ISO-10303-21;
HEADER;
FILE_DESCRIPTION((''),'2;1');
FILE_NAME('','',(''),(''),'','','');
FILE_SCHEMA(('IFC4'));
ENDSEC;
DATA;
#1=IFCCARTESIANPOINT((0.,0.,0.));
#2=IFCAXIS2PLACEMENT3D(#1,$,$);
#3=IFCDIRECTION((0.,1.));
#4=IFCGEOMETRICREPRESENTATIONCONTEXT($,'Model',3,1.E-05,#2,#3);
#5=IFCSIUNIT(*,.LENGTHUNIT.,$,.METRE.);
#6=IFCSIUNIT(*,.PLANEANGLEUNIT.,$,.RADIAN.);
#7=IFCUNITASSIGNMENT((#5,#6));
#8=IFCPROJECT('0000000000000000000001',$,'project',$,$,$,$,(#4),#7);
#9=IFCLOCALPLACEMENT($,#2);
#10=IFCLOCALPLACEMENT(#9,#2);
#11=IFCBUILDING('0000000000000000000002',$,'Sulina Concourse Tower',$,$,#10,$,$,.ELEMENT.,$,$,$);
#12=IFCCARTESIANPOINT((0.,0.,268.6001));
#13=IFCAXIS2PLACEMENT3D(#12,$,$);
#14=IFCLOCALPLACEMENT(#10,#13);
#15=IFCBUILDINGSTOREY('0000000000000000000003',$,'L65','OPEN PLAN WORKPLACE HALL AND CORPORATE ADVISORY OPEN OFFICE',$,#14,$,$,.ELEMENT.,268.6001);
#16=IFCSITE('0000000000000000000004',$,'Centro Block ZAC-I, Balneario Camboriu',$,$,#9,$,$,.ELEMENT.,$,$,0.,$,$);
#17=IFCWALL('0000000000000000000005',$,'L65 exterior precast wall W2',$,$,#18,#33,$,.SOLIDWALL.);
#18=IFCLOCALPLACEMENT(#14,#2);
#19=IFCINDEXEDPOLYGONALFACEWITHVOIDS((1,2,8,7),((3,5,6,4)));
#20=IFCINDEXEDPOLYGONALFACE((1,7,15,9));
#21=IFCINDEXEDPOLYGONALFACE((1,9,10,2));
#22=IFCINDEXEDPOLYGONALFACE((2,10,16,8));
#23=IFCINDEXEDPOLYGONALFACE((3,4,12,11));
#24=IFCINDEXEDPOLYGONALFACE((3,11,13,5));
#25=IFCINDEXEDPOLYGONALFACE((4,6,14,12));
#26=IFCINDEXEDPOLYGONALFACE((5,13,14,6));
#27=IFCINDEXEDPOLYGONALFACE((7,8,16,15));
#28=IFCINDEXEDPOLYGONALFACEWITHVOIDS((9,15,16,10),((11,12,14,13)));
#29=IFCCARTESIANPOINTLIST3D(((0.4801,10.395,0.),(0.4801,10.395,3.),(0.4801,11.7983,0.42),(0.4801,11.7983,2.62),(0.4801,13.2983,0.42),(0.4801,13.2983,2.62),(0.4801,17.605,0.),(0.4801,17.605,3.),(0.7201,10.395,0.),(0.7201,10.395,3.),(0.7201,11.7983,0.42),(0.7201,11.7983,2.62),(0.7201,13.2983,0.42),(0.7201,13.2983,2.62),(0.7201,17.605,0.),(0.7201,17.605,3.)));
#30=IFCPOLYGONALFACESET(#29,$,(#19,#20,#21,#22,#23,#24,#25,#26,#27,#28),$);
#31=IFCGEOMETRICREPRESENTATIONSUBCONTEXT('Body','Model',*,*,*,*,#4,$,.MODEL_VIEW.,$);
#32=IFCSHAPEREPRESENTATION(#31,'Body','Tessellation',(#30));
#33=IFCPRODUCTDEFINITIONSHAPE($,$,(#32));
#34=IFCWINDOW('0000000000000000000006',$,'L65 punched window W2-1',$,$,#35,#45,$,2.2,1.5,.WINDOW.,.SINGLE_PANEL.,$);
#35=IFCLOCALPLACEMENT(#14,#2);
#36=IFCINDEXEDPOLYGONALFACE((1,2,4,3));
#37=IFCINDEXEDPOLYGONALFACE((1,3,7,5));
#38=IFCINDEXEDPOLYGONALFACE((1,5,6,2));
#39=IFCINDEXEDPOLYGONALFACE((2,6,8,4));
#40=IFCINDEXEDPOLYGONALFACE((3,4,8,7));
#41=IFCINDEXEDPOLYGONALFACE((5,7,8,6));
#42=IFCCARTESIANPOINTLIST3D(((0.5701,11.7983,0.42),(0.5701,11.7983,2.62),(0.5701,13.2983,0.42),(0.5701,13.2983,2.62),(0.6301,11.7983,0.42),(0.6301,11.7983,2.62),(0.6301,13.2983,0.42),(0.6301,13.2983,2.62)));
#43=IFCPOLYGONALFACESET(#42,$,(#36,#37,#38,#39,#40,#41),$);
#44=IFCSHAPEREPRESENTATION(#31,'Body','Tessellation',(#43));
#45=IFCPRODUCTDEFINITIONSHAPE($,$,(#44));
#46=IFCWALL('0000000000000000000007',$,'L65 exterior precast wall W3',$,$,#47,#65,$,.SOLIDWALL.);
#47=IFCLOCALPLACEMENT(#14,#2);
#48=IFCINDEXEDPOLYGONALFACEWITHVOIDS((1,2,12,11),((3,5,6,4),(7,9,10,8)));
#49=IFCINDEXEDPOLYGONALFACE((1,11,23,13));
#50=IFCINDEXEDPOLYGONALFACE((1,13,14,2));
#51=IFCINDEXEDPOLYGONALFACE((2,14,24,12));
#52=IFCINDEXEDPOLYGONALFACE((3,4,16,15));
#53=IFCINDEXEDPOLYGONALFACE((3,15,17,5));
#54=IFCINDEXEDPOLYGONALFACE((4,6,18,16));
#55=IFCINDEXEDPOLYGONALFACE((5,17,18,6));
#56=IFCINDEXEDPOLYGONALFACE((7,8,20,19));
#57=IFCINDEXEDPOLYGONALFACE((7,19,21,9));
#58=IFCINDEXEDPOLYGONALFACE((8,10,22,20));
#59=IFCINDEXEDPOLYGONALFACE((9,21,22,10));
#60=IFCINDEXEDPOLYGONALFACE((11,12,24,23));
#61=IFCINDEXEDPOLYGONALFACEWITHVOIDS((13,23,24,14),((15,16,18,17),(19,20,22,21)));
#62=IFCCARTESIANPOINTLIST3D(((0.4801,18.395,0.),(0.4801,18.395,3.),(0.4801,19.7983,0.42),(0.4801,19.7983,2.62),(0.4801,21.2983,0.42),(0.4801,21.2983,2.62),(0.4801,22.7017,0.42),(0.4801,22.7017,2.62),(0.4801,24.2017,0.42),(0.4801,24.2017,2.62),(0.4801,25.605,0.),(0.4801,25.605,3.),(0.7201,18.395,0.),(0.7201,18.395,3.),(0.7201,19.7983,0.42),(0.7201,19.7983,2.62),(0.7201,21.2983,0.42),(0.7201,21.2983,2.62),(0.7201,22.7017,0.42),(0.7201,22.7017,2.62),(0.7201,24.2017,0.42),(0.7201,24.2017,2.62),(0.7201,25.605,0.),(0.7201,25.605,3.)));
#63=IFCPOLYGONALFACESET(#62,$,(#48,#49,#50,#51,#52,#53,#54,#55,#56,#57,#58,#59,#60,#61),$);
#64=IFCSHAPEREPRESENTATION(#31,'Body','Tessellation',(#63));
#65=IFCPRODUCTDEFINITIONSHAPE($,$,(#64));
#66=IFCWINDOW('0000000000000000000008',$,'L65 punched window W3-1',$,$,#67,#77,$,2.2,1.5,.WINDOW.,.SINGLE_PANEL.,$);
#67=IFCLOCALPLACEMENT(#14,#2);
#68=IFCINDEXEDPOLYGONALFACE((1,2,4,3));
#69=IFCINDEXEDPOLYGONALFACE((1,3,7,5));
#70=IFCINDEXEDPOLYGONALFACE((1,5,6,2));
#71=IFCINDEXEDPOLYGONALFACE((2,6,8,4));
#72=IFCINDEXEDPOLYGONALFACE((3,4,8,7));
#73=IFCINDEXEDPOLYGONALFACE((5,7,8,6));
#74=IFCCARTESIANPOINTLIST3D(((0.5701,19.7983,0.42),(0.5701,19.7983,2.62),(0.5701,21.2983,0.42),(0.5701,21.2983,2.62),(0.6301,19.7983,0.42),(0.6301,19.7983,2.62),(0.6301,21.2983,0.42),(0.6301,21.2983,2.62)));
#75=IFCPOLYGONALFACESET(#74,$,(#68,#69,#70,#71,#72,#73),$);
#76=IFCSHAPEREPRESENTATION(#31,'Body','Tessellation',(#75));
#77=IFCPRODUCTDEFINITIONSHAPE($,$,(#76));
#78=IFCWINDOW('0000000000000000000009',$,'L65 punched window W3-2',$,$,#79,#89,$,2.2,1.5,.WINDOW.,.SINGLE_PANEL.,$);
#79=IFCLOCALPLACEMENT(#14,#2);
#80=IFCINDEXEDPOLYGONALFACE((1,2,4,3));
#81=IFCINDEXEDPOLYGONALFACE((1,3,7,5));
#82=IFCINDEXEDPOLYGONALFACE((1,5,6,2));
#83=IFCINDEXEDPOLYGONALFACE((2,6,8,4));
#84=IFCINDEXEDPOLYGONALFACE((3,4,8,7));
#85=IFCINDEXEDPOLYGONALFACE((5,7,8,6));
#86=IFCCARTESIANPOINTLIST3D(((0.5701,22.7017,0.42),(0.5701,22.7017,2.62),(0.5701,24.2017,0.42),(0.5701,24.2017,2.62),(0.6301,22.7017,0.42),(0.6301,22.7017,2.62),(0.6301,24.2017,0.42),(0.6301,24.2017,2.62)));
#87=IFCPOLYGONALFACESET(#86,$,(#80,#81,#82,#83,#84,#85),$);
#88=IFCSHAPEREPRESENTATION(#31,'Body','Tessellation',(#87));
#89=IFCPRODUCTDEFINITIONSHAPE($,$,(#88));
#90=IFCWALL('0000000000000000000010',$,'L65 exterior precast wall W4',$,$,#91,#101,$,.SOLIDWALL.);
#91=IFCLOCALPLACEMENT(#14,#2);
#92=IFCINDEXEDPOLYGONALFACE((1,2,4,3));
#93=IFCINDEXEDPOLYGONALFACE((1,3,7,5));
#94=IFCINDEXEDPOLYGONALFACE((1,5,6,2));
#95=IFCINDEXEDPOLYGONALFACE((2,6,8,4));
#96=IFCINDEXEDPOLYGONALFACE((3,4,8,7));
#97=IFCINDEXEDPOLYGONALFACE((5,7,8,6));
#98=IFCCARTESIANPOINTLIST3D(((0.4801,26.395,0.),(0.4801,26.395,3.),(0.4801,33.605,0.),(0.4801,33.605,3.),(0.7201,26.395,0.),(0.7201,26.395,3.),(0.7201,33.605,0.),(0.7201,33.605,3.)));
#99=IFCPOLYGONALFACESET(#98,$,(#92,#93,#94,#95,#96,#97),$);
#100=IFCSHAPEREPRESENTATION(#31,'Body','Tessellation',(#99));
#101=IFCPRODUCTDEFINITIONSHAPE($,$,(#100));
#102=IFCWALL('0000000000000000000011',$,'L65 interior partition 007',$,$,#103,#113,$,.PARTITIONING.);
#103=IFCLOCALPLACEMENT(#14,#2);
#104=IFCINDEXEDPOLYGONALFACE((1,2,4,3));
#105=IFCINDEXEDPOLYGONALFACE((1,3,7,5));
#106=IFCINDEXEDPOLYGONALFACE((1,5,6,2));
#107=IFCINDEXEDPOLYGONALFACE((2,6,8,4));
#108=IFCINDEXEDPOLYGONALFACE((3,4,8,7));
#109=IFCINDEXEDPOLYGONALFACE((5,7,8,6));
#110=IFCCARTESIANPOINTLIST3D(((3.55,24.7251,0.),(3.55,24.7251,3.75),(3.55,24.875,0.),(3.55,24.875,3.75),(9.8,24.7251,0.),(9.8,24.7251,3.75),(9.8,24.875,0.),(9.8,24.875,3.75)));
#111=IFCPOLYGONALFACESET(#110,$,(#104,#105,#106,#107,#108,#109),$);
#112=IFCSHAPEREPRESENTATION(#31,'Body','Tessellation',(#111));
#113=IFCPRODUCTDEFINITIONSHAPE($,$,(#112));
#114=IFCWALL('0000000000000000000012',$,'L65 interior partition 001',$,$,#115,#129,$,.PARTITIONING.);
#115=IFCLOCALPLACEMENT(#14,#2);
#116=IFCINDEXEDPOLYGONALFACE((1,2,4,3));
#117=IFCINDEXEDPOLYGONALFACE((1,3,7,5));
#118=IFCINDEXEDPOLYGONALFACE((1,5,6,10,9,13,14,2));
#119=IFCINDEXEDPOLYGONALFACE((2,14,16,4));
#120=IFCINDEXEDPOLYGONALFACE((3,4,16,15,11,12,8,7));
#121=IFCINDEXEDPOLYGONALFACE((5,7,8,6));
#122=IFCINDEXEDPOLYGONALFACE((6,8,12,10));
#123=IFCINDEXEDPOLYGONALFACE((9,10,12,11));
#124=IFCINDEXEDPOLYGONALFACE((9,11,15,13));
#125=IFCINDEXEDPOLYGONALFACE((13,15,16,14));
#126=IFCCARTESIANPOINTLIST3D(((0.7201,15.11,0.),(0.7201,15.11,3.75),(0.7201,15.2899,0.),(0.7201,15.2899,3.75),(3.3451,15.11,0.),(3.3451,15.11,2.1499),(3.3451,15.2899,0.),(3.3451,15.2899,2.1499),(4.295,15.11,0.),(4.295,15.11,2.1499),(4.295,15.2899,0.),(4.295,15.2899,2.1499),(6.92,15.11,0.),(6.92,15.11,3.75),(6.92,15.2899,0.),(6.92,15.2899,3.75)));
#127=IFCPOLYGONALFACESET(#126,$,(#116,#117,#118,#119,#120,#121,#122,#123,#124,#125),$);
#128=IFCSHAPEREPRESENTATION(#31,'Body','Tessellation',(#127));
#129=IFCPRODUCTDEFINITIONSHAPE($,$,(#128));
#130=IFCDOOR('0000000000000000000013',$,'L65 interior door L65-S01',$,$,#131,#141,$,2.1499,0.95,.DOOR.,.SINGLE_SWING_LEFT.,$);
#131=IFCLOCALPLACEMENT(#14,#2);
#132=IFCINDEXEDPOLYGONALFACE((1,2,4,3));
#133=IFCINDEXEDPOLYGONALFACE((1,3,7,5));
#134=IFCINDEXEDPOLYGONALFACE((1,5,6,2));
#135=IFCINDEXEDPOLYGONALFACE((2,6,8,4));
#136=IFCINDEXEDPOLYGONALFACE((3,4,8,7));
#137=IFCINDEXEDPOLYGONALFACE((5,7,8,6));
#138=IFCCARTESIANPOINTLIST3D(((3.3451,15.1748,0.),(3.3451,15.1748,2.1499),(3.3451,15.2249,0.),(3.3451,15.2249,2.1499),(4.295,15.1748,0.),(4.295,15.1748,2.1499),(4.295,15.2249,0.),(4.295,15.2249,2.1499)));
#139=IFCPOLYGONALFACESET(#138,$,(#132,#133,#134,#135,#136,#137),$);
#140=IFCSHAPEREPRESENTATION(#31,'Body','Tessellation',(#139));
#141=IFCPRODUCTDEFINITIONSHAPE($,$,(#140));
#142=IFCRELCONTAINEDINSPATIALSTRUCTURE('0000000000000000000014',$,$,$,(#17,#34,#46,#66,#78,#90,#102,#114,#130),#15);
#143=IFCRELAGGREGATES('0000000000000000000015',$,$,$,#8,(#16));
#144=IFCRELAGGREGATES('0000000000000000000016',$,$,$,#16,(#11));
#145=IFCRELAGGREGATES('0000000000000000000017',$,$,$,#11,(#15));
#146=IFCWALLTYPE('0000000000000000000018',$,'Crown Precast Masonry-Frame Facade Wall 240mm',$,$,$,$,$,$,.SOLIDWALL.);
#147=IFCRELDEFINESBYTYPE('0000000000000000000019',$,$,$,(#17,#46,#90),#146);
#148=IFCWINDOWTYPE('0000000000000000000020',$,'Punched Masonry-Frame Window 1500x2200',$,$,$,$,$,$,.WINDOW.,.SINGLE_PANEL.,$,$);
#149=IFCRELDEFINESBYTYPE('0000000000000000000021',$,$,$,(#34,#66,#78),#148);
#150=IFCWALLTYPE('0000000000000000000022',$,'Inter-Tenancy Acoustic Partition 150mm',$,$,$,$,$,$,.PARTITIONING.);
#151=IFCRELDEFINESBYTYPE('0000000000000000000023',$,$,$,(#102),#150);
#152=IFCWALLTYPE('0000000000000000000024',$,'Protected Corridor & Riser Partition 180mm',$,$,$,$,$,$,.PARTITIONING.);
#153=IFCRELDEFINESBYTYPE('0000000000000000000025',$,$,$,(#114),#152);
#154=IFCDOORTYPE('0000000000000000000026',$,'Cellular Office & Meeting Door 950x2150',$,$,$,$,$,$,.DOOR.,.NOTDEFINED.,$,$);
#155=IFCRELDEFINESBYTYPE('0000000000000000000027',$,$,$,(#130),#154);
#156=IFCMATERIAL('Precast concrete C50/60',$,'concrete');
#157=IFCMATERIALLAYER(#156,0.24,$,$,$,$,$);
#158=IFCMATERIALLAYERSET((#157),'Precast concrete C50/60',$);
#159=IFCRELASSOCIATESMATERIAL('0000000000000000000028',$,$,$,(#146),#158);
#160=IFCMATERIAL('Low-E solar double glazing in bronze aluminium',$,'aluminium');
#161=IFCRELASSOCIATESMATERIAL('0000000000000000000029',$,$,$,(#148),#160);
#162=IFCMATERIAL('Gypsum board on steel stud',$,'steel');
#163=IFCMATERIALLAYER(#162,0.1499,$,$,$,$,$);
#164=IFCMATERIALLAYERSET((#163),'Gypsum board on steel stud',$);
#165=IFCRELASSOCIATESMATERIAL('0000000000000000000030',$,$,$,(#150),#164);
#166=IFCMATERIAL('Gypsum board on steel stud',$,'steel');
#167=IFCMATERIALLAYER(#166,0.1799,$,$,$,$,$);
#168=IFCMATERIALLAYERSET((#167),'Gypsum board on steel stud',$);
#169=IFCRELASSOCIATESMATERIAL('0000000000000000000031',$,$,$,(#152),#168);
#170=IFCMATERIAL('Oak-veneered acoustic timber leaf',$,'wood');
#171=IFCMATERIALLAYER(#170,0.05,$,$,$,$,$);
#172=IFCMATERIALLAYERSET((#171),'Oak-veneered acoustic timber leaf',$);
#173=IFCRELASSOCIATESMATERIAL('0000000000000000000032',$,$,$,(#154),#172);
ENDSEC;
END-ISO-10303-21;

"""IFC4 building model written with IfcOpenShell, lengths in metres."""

from ifc_helpers import new_model, si_unit, direction, frame, frame_2d, origin, place, context, subcontext, project, spatial, rectangle, extrude, material, layer, layer_set, type_object, element, fill, save


model = new_model("IFC4")

# Units and contexts
model_context = context("Model", 3, precision=1e-05, world=origin(), true_north=direction((0.0, 1.0)))
body_context = subcontext(model_context, "Body", "Model", "MODEL_VIEW")
ifc_project = project(units=[si_unit("LENGTHUNIT", "METRE"), si_unit("PLANEANGLEUNIT", "RADIAN")], contexts=[model_context])

# Site, building, storey
site_placement = place(None, origin())
site = spatial("IfcSite", under=ifc_project, at=site_placement, Name="Centro Block ZAC-I, Balneario Camboriu", CompositionType="ELEMENT", RefElevation=0.0)
building_placement = place(site_placement, origin())
building = spatial("IfcBuilding", under=site, at=building_placement, Name="Sulina Concourse Tower", CompositionType="ELEMENT")
storey_placement = place(building_placement, frame((0.0, 0.0, 268.6001)))
storey = spatial("IfcBuildingStorey", under=building, at=storey_placement, Name="L65", Description="OPEN PLAN WORKPLACE HALL AND CORPORATE ADVISORY OPEN OFFICE", CompositionType="ELEMENT", Elevation=268.6001)

# Wall, opening, window
ifc_material_1 = material(Name="Precast concrete C50/60", Category="concrete")
ifc_layer_1 = layer(ifc_material_1, 0.24)
ifc_layer_set_1 = layer_set([ifc_layer_1], Name="Precast concrete C50/60")
wall_type_1 = type_object("IfcWallType", Name="Crown Precast Masonry-Frame Facade Wall 240mm", PredefinedType="SOLIDWALL", material=ifc_layer_set_1)
wall_1_placement = place(storey_placement, frame((0.6001, 10.395, 0.0), z_axis=(0.0, 0.0, 1.0), x_axis=(0.0, 1.0, 0.0)))
wall_1 = element("IfcWall", 1, at=wall_1_placement, inside=storey, type_object=wall_type_1, Name="L65 exterior precast wall W2", PredefinedType="SOLIDWALL", context=body_context, shape_type="SweptSolid", body=[
    extrude(rectangle(XDim=7.21, YDim=0.24, at=frame_2d((3.605, 0.0))), origin(), (0.0, 0.0, 1.0), 3.0),
])
opening_1_placement = place(wall_1_placement, frame((1.4033, 0.0, 0.4199)))
opening_1 = element("IfcOpeningElement", 2, at=opening_1_placement, cuts=wall_1, PredefinedType="OPENING", context=body_context, shape_type="SweptSolid", body=[
    extrude(rectangle(XDim=1.5, YDim=2.2, at=frame_2d((0.75, 1.1001))), frame((0.0, 0.1299, 0.0), z_axis=(0.0, -1.0, 0.0), x_axis=(1.0, 0.0, 0.0)), (0.0, 0.0, 1.0), 0.26),
])
ifc_material_2 = material(Name="Low-E solar double glazing in bronze aluminium", Category="aluminium")
window_type = type_object("IfcWindowType", Name="Punched Masonry-Frame Window 1500x2200", PartitioningType="SINGLE_PANEL", PredefinedType="WINDOW", material=ifc_material_2)
window_1_placement = place(opening_1_placement, origin())
window_1 = element("IfcWindow", 3, at=window_1_placement, inside=storey, type_object=window_type, Name="L65 punched window W2-1", OverallHeight=2.2, OverallWidth=1.5, PartitioningType="SINGLE_PANEL", PredefinedType="WINDOW", context=body_context, shape_type="SweptSolid", body=[
    extrude(rectangle(XDim=1.5, YDim=2.2, at=frame_2d((0.75, 1.1001))), frame((0.0, 0.03, 0.0), z_axis=(0.0, -1.0, 0.0), x_axis=(1.0, 0.0, 0.0)), (0.0, 0.0, 1.0), 0.0601),
])
fill(opening_1, window_1)

# Wall, openings, windows
wall_2_placement = place(storey_placement, frame((0.6001, 18.395, 0.0), z_axis=(0.0, 0.0, 1.0), x_axis=(0.0, 1.0, 0.0)))
wall_2 = element("IfcWall", 4, at=wall_2_placement, inside=storey, type_object=wall_type_1, Name="L65 exterior precast wall W3", PredefinedType="SOLIDWALL", context=body_context, shape_type="SweptSolid", body=[
    extrude(rectangle(XDim=7.21, YDim=0.24, at=frame_2d((3.605, 0.0))), origin(), (0.0, 0.0, 1.0), 3.0),
])
opening_2_placement = place(wall_2_placement, frame((1.4033, 0.0, 0.4199)))
opening_2 = element("IfcOpeningElement", 5, at=opening_2_placement, cuts=wall_2, PredefinedType="OPENING", context=body_context, shape_type="SweptSolid", body=[
    extrude(rectangle(XDim=1.5, YDim=2.2, at=frame_2d((0.75, 1.1001))), frame((0.0, 0.1299, 0.0), z_axis=(0.0, -1.0, 0.0), x_axis=(1.0, 0.0, 0.0)), (0.0, 0.0, 1.0), 0.26),
])
opening_3_placement = place(wall_2_placement, frame((4.3066, 0.0, 0.4199)))
opening_3 = element("IfcOpeningElement", 6, at=opening_3_placement, cuts=wall_2, PredefinedType="OPENING", context=body_context, shape_type="SweptSolid", body=[
    extrude(rectangle(XDim=1.5, YDim=2.2, at=frame_2d((0.75, 1.1001))), frame((0.0, 0.1299, 0.0), z_axis=(0.0, -1.0, 0.0), x_axis=(1.0, 0.0, 0.0)), (0.0, 0.0, 1.0), 0.26),
])
window_2_placement = place(opening_2_placement, origin())
window_2 = element("IfcWindow", 7, at=window_2_placement, inside=storey, type_object=window_type, Name="L65 punched window W3-1", OverallHeight=2.2, OverallWidth=1.5, PartitioningType="SINGLE_PANEL", PredefinedType="WINDOW", context=body_context, shape_type="SweptSolid", body=[
    extrude(rectangle(XDim=1.5, YDim=2.2, at=frame_2d((0.75, 1.1001))), frame((0.0, 0.03, 0.0), z_axis=(0.0, -1.0, 0.0), x_axis=(1.0, 0.0, 0.0)), (0.0, 0.0, 1.0), 0.0601),
])
fill(opening_2, window_2)
window_3_placement = place(opening_3_placement, origin())
window_3 = element("IfcWindow", 8, at=window_3_placement, inside=storey, type_object=window_type, Name="L65 punched window W3-2", OverallHeight=2.2, OverallWidth=1.5, PartitioningType="SINGLE_PANEL", PredefinedType="WINDOW", context=body_context, shape_type="SweptSolid", body=[
    extrude(rectangle(XDim=1.5, YDim=2.2, at=frame_2d((0.75, 1.1001))), frame((0.0, 0.03, 0.0), z_axis=(0.0, -1.0, 0.0), x_axis=(1.0, 0.0, 0.0)), (0.0, 0.0, 1.0), 0.0601),
])
fill(opening_3, window_3)

# Walls
wall_3_placement = place(storey_placement, frame((0.6001, 26.395, 0.0), z_axis=(0.0, 0.0, 1.0), x_axis=(0.0, 1.0, 0.0)))
element("IfcWall", 9, at=wall_3_placement, inside=storey, type_object=wall_type_1, Name="L65 exterior precast wall W4", PredefinedType="SOLIDWALL", context=body_context, shape_type="SweptSolid", body=[
    extrude(rectangle(XDim=7.21, YDim=0.24, at=frame_2d((3.605, 0.0))), origin(), (0.0, 0.0, 1.0), 3.0),
])
ifc_material_3 = material(Name="Gypsum board on steel stud", Category="steel")
ifc_layer_2 = layer(ifc_material_3, 0.1499)
ifc_layer_set_2 = layer_set([ifc_layer_2], Name="Gypsum board on steel stud")
wall_type_2 = type_object("IfcWallType", Name="Inter-Tenancy Acoustic Partition 150mm", PredefinedType="PARTITIONING", material=ifc_layer_set_2)
wall_4_placement = place(storey_placement, frame((3.55, 24.8, 0.0), z_axis=(0.0, 0.0, 1.0), x_axis=(1.0, 0.0, 0.0)))
element("IfcWall", 10, at=wall_4_placement, inside=storey, type_object=wall_type_2, Name="L65 interior partition 007", PredefinedType="PARTITIONING", context=body_context, shape_type="SweptSolid", body=[
    extrude(rectangle(XDim=6.25, YDim=0.1499, at=frame_2d((3.125, 0.0))), origin(), (0.0, 0.0, 1.0), 3.75),
])

# Wall, opening, door
ifc_material_4 = material(Name="Gypsum board on steel stud", Category="steel")
ifc_layer_3 = layer(ifc_material_4, 0.1799)
ifc_layer_set_3 = layer_set([ifc_layer_3], Name="Gypsum board on steel stud")
wall_type_3 = type_object("IfcWallType", Name="Protected Corridor & Riser Partition 180mm", PredefinedType="PARTITIONING", material=ifc_layer_set_3)
wall_5_placement = place(storey_placement, frame((0.72, 15.2, 0.0), z_axis=(0.0, 0.0, 1.0), x_axis=(1.0, 0.0, 0.0)))
wall_5 = element("IfcWall", 11, at=wall_5_placement, inside=storey, type_object=wall_type_3, Name="L65 interior partition 001", PredefinedType="PARTITIONING", context=body_context, shape_type="SweptSolid", body=[
    extrude(rectangle(XDim=6.2, YDim=0.1799, at=frame_2d((3.1001, 0.0))), origin(), (0.0, 0.0, 1.0), 3.75),
])
opening_4_placement = place(wall_5_placement, frame((2.625, 0.0, 0.0)))
opening_4 = element("IfcOpeningElement", 12, at=opening_4_placement, cuts=wall_5, PredefinedType="OPENING", context=body_context, shape_type="SweptSolid", body=[
    extrude(rectangle(XDim=0.95, YDim=2.1499, at=frame_2d((0.4751, 1.075))), frame((0.0, 0.0999, 0.0), z_axis=(0.0, -1.0, 0.0), x_axis=(1.0, 0.0, 0.0)), (0.0, 0.0, 1.0), 0.2),
])
ifc_material_5 = material(Name="Oak-veneered acoustic timber leaf", Category="wood")
ifc_layer_4 = layer(ifc_material_5, 0.05)
ifc_layer_set_4 = layer_set([ifc_layer_4], Name="Oak-veneered acoustic timber leaf")
door_type_1 = type_object("IfcDoorType", Name="Cellular Office & Meeting Door 950x2150", OperationType="NOTDEFINED", PredefinedType="DOOR", material=ifc_layer_set_4)
door_1_placement = place(opening_4_placement, origin())
door_1 = element("IfcDoor", 13, at=door_1_placement, inside=storey, type_object=door_type_1, Name="L65 interior door L65-S01", OperationType="SINGLE_SWING_LEFT", OverallHeight=2.1499, OverallWidth=0.95, PredefinedType="DOOR", context=body_context, shape_type="SweptSolid", body=[
    extrude(rectangle(XDim=0.95, YDim=2.1499, at=frame_2d((0.4751, 1.075))), frame((0.0, 0.0249, 0.0), z_axis=(0.0, -1.0, 0.0), x_axis=(1.0, 0.0, 0.0)), (0.0, 0.0, 1.0), 0.05),
])
fill(opening_4, door_1)

save(model, "model.ifc")
